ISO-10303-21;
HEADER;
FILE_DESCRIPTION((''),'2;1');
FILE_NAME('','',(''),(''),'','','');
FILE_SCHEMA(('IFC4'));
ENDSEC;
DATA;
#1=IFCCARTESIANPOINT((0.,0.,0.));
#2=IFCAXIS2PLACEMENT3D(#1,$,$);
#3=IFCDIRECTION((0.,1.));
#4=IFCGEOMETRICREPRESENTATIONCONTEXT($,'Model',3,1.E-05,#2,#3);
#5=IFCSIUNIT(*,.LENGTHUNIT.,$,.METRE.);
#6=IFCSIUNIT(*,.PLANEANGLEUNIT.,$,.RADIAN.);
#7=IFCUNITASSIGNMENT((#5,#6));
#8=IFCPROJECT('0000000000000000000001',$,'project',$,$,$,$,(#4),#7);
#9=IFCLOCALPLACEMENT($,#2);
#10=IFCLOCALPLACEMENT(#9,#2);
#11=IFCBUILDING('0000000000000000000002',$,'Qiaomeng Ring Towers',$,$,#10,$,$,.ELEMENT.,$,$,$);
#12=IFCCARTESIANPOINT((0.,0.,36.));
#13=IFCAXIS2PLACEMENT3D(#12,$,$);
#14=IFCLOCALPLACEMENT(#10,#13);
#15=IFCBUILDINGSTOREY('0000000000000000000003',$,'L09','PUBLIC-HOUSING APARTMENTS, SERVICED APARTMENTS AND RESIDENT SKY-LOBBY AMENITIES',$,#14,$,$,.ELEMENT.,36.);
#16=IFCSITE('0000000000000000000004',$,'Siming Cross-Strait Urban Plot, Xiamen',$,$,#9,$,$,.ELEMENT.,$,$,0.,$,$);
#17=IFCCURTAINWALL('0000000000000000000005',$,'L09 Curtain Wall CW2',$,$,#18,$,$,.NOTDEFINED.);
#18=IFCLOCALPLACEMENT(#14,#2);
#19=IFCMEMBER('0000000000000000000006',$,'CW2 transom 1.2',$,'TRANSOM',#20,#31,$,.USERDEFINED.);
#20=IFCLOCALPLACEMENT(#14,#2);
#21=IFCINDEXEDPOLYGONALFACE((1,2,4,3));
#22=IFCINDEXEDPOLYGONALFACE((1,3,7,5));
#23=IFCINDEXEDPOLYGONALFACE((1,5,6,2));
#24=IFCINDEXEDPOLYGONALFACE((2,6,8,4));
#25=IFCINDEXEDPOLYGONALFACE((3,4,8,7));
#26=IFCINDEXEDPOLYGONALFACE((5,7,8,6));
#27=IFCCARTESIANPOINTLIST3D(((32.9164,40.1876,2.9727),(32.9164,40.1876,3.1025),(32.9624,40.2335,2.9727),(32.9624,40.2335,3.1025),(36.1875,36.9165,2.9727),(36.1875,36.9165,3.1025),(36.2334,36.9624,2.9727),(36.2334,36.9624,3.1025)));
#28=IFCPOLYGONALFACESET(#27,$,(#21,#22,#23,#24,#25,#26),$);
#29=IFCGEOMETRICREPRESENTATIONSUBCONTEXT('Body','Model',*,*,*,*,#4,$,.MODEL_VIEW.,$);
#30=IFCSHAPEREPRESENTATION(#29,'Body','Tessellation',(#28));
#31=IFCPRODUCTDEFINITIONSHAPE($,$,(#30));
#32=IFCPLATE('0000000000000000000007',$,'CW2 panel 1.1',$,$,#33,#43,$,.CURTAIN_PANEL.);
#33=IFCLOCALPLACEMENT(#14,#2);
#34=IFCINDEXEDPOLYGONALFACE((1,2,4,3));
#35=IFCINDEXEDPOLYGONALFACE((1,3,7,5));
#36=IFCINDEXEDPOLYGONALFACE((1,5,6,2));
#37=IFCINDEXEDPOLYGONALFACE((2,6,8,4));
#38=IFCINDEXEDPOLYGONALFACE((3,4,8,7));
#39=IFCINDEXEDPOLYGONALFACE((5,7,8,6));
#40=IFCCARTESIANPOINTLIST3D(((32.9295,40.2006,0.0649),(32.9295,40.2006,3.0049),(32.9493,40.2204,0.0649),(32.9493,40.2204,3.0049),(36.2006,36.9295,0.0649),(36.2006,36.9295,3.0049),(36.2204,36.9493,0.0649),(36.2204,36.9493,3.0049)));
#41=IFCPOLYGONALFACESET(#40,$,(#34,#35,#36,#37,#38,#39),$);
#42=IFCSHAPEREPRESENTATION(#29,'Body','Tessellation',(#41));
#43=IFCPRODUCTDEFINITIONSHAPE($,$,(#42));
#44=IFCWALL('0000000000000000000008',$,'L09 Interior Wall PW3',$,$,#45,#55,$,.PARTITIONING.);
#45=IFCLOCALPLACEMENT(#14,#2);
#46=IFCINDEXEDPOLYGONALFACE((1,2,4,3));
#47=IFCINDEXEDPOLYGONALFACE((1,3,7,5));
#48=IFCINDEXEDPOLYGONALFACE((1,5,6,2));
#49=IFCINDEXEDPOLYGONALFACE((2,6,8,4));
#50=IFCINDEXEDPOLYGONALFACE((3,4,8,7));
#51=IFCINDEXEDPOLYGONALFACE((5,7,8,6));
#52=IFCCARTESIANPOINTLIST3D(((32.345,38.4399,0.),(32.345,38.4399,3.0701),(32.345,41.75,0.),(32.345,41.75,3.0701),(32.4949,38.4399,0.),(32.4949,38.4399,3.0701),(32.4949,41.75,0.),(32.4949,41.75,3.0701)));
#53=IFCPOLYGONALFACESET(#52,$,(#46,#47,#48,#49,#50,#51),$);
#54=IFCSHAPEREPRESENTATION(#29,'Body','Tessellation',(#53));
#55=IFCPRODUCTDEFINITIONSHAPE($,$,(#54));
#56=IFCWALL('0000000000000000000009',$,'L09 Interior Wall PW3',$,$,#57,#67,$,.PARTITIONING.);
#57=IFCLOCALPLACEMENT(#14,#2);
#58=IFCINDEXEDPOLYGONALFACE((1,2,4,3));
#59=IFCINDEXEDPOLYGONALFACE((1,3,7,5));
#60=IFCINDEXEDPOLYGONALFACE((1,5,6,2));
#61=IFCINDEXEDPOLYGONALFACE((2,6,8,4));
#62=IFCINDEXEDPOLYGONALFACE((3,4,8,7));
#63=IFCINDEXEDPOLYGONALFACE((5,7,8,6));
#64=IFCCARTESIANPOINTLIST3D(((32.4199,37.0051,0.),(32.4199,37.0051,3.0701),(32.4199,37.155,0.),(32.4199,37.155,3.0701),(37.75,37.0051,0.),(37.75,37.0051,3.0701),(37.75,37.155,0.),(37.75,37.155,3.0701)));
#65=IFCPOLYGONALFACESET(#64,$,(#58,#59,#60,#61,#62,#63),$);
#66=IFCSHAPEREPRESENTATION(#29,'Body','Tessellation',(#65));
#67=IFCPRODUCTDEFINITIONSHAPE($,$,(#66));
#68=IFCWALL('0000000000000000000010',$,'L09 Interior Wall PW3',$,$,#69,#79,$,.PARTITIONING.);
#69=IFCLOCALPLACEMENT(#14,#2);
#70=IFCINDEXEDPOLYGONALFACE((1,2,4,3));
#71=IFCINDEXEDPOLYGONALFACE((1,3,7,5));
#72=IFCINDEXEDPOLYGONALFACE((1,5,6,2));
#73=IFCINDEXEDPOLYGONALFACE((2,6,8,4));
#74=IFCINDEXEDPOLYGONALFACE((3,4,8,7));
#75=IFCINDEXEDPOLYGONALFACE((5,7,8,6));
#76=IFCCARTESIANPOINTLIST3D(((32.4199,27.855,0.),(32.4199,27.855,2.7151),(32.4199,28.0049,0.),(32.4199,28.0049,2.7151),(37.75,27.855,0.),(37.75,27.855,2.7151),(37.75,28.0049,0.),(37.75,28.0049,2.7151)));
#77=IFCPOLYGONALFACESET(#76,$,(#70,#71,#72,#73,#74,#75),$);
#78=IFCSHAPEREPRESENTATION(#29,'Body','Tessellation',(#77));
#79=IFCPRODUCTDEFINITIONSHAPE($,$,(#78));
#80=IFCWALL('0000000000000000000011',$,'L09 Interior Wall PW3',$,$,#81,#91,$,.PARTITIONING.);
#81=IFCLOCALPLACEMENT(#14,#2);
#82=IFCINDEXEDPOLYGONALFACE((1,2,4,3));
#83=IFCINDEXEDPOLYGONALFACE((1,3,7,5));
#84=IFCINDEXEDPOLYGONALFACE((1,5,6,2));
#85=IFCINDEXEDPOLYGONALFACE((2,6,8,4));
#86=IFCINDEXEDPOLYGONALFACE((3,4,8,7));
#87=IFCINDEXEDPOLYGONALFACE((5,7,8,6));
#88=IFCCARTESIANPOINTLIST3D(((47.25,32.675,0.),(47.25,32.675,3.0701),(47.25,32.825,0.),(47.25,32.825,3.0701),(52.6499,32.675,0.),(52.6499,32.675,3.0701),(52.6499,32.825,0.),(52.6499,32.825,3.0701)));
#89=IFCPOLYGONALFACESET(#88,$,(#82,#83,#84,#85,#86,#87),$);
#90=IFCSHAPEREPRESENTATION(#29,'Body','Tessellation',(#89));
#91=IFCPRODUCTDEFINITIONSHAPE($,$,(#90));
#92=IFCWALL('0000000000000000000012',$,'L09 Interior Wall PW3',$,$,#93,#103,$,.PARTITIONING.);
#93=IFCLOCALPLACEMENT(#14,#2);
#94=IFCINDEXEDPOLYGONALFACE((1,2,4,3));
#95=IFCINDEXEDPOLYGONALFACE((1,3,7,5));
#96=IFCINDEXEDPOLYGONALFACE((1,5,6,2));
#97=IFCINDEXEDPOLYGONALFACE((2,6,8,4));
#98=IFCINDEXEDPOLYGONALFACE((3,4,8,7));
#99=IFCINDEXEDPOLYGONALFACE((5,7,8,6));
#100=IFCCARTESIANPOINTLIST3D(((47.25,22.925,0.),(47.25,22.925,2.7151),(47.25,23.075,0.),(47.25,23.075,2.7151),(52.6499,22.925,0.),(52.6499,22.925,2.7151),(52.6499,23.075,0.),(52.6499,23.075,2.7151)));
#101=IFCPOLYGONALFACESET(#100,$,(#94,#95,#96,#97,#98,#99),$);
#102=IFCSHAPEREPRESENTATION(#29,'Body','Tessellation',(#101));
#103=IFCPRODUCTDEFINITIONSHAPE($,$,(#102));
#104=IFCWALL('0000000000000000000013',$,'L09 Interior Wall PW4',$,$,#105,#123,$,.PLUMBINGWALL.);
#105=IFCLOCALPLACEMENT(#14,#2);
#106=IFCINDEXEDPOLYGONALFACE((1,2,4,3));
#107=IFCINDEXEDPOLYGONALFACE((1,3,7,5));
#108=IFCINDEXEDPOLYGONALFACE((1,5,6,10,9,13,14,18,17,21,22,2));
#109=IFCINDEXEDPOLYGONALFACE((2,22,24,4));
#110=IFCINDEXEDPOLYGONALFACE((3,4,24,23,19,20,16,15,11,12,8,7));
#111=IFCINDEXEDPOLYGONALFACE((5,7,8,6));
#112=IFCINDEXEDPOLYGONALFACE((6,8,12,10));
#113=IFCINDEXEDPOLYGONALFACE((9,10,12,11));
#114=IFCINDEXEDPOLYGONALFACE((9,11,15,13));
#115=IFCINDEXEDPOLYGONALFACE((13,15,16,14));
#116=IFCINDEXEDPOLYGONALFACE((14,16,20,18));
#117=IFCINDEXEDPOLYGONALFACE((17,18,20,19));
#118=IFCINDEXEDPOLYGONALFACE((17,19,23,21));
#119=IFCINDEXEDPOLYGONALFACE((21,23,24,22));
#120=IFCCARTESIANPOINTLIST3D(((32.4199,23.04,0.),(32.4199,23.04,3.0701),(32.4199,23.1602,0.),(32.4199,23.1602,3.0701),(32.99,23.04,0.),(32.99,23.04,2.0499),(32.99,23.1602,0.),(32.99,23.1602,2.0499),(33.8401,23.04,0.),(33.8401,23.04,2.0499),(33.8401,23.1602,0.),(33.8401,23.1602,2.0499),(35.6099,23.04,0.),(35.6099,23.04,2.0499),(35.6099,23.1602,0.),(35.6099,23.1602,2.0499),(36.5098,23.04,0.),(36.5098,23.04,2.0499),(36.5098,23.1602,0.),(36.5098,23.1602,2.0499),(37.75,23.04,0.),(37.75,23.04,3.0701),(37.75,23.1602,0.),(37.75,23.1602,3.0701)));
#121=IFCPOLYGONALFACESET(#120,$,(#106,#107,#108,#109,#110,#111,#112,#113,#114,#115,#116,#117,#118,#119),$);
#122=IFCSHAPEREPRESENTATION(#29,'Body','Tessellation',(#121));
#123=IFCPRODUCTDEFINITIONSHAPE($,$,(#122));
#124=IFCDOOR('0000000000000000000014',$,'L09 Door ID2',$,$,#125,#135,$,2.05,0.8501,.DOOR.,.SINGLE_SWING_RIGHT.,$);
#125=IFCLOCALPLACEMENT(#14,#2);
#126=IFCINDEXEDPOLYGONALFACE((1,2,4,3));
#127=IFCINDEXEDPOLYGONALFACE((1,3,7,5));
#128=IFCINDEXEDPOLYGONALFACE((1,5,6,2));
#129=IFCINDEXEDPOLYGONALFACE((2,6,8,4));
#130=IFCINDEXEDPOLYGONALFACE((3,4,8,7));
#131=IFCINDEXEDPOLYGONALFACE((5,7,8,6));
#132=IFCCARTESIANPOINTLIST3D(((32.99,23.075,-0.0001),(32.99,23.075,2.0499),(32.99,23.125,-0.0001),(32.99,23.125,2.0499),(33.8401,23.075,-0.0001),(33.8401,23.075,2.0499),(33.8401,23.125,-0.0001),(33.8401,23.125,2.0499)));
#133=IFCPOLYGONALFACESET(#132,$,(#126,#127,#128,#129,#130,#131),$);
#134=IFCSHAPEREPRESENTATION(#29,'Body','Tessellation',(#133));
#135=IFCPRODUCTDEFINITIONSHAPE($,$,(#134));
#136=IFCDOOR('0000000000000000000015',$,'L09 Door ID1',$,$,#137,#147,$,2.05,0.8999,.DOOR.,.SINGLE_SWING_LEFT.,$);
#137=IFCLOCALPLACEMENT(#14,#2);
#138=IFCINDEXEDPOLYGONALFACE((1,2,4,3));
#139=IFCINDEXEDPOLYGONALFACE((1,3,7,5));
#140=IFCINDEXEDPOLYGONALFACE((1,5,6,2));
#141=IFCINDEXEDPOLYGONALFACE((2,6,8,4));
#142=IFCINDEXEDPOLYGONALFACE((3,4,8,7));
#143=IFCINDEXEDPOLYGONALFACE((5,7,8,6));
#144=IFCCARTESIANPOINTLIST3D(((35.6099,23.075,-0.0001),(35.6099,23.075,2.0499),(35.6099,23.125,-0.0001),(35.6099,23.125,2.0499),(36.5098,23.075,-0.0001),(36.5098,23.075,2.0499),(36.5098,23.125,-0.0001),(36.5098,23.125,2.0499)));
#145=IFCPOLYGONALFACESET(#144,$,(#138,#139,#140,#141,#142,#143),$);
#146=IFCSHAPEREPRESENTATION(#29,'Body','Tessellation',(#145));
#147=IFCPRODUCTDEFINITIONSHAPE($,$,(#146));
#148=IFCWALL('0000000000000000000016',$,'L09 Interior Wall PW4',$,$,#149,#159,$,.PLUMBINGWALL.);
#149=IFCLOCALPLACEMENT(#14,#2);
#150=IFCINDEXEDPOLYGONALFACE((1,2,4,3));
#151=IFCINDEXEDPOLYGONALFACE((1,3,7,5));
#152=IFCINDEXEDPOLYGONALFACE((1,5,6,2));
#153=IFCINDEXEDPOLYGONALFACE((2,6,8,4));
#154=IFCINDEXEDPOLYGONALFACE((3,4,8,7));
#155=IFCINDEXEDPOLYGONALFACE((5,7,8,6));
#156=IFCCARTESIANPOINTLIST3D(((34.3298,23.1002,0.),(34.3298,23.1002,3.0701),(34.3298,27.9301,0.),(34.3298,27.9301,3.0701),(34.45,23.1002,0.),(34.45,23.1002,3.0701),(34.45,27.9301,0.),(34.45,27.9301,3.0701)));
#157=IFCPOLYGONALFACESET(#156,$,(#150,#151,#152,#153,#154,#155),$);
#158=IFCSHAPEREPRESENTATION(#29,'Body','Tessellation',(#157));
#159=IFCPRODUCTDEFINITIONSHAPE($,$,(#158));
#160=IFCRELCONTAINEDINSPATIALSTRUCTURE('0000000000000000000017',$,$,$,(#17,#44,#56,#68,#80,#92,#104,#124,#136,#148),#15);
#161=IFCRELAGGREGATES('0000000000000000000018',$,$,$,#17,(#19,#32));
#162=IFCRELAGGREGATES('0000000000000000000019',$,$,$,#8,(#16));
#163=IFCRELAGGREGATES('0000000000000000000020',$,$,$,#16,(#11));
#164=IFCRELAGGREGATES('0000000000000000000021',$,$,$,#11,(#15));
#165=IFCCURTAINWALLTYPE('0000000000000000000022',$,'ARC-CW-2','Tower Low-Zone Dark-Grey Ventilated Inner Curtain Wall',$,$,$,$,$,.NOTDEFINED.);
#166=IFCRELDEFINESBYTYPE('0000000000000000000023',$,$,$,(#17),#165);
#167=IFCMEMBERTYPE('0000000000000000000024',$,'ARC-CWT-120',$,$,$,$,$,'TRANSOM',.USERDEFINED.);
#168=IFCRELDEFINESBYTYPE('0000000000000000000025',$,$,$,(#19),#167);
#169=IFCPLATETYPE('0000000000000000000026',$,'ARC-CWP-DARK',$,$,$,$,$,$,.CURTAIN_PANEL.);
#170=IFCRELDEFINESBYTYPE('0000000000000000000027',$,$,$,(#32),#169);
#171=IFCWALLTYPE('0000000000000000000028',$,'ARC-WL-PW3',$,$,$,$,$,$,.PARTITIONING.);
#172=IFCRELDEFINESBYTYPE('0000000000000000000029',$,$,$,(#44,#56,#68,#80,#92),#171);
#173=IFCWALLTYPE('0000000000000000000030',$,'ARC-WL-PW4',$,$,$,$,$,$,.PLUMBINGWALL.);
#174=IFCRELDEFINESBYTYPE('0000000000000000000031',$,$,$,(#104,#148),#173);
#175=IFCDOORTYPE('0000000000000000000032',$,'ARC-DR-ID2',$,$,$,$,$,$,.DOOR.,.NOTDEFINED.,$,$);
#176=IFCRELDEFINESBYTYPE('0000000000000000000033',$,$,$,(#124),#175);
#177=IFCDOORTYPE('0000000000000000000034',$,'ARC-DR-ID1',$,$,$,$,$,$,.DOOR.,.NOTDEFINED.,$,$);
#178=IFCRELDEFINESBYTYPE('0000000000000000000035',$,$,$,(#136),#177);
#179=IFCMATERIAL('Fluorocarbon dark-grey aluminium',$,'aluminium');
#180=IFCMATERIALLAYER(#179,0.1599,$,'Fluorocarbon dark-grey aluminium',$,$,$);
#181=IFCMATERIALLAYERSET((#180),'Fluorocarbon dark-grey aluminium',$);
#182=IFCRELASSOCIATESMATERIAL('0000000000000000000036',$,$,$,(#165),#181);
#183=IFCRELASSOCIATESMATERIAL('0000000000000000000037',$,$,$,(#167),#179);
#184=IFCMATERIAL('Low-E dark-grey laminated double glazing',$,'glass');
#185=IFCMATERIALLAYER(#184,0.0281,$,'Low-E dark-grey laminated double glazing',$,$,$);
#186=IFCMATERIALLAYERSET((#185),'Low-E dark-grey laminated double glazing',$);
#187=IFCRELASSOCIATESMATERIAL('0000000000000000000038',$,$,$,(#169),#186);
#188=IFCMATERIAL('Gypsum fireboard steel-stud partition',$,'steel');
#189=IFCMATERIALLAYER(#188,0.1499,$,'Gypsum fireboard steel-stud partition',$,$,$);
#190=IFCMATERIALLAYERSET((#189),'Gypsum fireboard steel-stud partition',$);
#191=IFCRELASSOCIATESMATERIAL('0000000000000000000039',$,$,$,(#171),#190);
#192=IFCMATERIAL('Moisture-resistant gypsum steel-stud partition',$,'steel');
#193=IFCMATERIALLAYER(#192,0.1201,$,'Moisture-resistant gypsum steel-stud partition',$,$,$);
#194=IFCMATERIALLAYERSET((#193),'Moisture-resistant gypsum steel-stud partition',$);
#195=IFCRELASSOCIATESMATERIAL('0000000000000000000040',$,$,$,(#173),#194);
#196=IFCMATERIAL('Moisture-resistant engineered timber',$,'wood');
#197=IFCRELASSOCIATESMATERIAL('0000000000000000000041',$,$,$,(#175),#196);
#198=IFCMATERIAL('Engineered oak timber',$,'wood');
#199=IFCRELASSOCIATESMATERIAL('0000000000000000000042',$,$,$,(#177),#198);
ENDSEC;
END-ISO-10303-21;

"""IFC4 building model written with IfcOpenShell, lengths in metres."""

from ifc_helpers import new_model, si_unit, direction, frame, frame_2d, origin, origin_2d, place, context, subcontext, project, spatial, rectangle, extrude, source, transform, mapped, material, layer, layer_set, material_profile, profile_set, type_object, element, fill, aggregate, save


model = new_model("IFC4")

# Units and contexts
model_context = context("Model", 3, precision=1e-05, world=origin(), true_north=direction((0.0, 1.0)))
body_context = subcontext(model_context, "Body", "Model", "MODEL_VIEW")
ifc_project = project(units=[si_unit("LENGTHUNIT", "METRE"), si_unit("PLANEANGLEUNIT", "RADIAN")], contexts=[model_context])

# Site, building, storey
site_placement = place(None, origin())
site = spatial("IfcSite", under=ifc_project, at=site_placement, Name="Siming Cross-Strait Urban Plot, Xiamen", CompositionType="ELEMENT", RefElevation=0.0)
building_placement = place(site_placement, origin())
building = spatial("IfcBuilding", under=site, at=building_placement, Name="Qiaomeng Ring Towers", CompositionType="ELEMENT")
storey_placement = place(building_placement, frame((0.0, 0.0, 36.0)))
storey = spatial("IfcBuildingStorey", under=building, at=storey_placement, Name="L09", Description="PUBLIC-HOUSING APARTMENTS, SERVICED APARTMENTS AND RESIDENT SKY-LOBBY AMENITIES", CompositionType="ELEMENT", Elevation=36.0)

# Curtain wall, member, plate
ifc_material_1 = material(Name="Fluorocarbon dark-grey aluminium", Category="aluminium")
ifc_layer_1 = layer(ifc_material_1, 0.1599, Name="Fluorocarbon dark-grey aluminium")
ifc_layer_set_1 = layer_set([ifc_layer_1], Name="Fluorocarbon dark-grey aluminium")
curtain_wall_type = type_object("IfcCurtainWallType", Name="ARC-CW-2", Description="Tower Low-Zone Dark-Grey Ventilated Inner Curtain Wall", PredefinedType="NOTDEFINED", material=ifc_layer_set_1)
curtain_wall_placement = place(storey_placement, origin())
curtain_wall = element("IfcCurtainWall", 1, at=curtain_wall_placement, inside=storey, type_object=curtain_wall_type, Name="L09 Curtain Wall CW2", PredefinedType="NOTDEFINED")
ifc_material_profile_1 = material_profile(ifc_material_1, rectangle(XDim=0.0649, YDim=0.1299, at=origin_2d()), Name="ALU TRAN 65x130")
ifc_profile_set_1 = profile_set([ifc_material_profile_1], Name="Fluorocarbon dark-grey aluminium")
member_type_1 = type_object("IfcMemberType", Name="ARC-CWT-120", ElementType="TRANSOM", PredefinedType="USERDEFINED", material=ifc_profile_set_1)
shared_shape_1 = source(origin(), body_context, "Body", "SweptSolid", [
    extrude(rectangle(XDim=0.0649, YDim=0.1299, at=origin_2d()), origin(), (0.0, 0.0, 1.0), 4.626),
])
member_1_placement = place(storey_placement, frame((36.2104, 36.9395, 3.0376), z_axis=(-0.707107, 0.707107, 0.0), x_axis=(-0.707107, -0.707107, 0.0)))
member_1 = element("IfcMember", 2, at=member_1_placement, type_object=member_type_1, Name="CW2 transom 1.2", ObjectType="TRANSOM", PredefinedType="USERDEFINED", context=body_context, shape_type="MappedRepresentation", body=[
    mapped(shared_shape_1, transform((0.0, 0.0, 0.0), x_axis=(1.0, 0.0, 0.0), y_axis=(0.0, 1.0, 0.0), z_axis=(0.0, 0.0, 1.0), scale=1.0)),
])
ifc_material_2 = material(Name="Low-E dark-grey laminated double glazing", Category="glass")
ifc_layer_2 = layer(ifc_material_2, 0.0281, Name="Low-E dark-grey laminated double glazing")
ifc_layer_set_2 = layer_set([ifc_layer_2], Name="Low-E dark-grey laminated double glazing")
plate_type = type_object("IfcPlateType", Name="ARC-CWP-DARK", PredefinedType="CURTAIN_PANEL", material=ifc_layer_set_2)
shared_shape_2 = source(origin(), body_context, "Body", "SweptSolid", [
    extrude(rectangle(XDim=4.626, YDim=0.0281, at=origin_2d()), origin(), (0.0, 0.0, 1.0), 2.9399),
])
plate_placement = place(storey_placement, frame((34.575, 38.575, 0.0649), z_axis=(0.0, 0.0, 1.0), x_axis=(-0.707107, 0.707107, 0.0)))
plate = element("IfcPlate", 3, at=plate_placement, type_object=plate_type, Name="CW2 panel 1.1", PredefinedType="CURTAIN_PANEL", context=body_context, shape_type="MappedRepresentation", body=[
    mapped(shared_shape_2, transform((0.0, 0.0, 0.0), x_axis=(1.0, 0.0, 0.0), y_axis=(0.0, 1.0, 0.0), z_axis=(0.0, 0.0, 1.0), scale=1.0)),
])
aggregate(curtain_wall, [member_1, plate])

# Walls
ifc_material_3 = material(Name="Gypsum fireboard steel-stud partition", Category="steel")
ifc_layer_3 = layer(ifc_material_3, 0.1499, Name="Gypsum fireboard steel-stud partition")
ifc_layer_set_3 = layer_set([ifc_layer_3], Name="Gypsum fireboard steel-stud partition")
wall_type_1 = type_object("IfcWallType", Name="ARC-WL-PW3", PredefinedType="PARTITIONING", material=ifc_layer_set_3)
wall_1_placement = place(storey_placement, frame((32.4199, 38.4399, 0.0), z_axis=(0.0, 0.0, 1.0), x_axis=(0.0, 1.0, 0.0)))
element("IfcWall", 4, at=wall_1_placement, inside=storey, type_object=wall_type_1, Name="L09 Interior Wall PW3", PredefinedType="PARTITIONING", context=body_context, shape_type="SweptSolid", body=[
    extrude(rectangle(XDim=3.3101, YDim=0.1499, at=frame_2d((1.655, 0.0))), origin(), (0.0, 0.0, 1.0), 3.0701),
])
wall_2_placement = place(storey_placement, frame((32.4199, 37.0801, 0.0), z_axis=(0.0, 0.0, 1.0), x_axis=(1.0, 0.0, 0.0)))
element("IfcWall", 5, at=wall_2_placement, inside=storey, type_object=wall_type_1, Name="L09 Interior Wall PW3", PredefinedType="PARTITIONING", context=body_context, shape_type="SweptSolid", body=[
    extrude(rectangle(XDim=5.3301, YDim=0.1499, at=frame_2d((2.665, 0.0))), origin(), (0.0, 0.0, 1.0), 3.0701),
])
wall_3_placement = place(storey_placement, frame((32.4199, 27.9299, 0.0), z_axis=(0.0, 0.0, 1.0), x_axis=(1.0, 0.0, 0.0)))
element("IfcWall", 6, at=wall_3_placement, inside=storey, type_object=wall_type_1, Name="L09 Interior Wall PW3", PredefinedType="PARTITIONING", context=body_context, shape_type="SweptSolid", body=[
    extrude(rectangle(XDim=5.3301, YDim=0.1499, at=frame_2d((2.665, 0.0))), origin(), (0.0, 0.0, 1.0), 2.7151),
])
wall_4_placement = place(storey_placement, frame((47.25, 32.75, 0.0), z_axis=(0.0, 0.0, 1.0), x_axis=(1.0, 0.0, 0.0)))
element("IfcWall", 7, at=wall_4_placement, inside=storey, type_object=wall_type_1, Name="L09 Interior Wall PW3", PredefinedType="PARTITIONING", context=body_context, shape_type="SweptSolid", body=[
    extrude(rectangle(XDim=5.3999, YDim=0.1499, at=frame_2d((2.7, 0.0))), origin(), (0.0, 0.0, 1.0), 3.0701),
])
wall_5_placement = place(storey_placement, frame((47.25, 23.0, 0.0), z_axis=(0.0, 0.0, 1.0), x_axis=(1.0, 0.0, 0.0)))
element("IfcWall", 8, at=wall_5_placement, inside=storey, type_object=wall_type_1, Name="L09 Interior Wall PW3", PredefinedType="PARTITIONING", context=body_context, shape_type="SweptSolid", body=[
    extrude(rectangle(XDim=5.3999, YDim=0.1499, at=frame_2d((2.7, 0.0))), origin(), (0.0, 0.0, 1.0), 2.7151),
])

# Wall, openings, doors
ifc_material_4 = material(Name="Moisture-resistant gypsum steel-stud partition", Category="steel")
ifc_layer_4 = layer(ifc_material_4, 0.1201, Name="Moisture-resistant gypsum steel-stud partition")
ifc_layer_set_4 = layer_set([ifc_layer_4], Name="Moisture-resistant gypsum steel-stud partition")
wall_type_2 = type_object("IfcWallType", Name="ARC-WL-PW4", PredefinedType="PLUMBINGWALL", material=ifc_layer_set_4)
wall_6_placement = place(storey_placement, frame((32.4199, 23.1001, 0.0), z_axis=(0.0, 0.0, 1.0), x_axis=(1.0, 0.0, 0.0)))
wall_6 = element("IfcWall", 9, at=wall_6_placement, inside=storey, type_object=wall_type_2, Name="L09 Interior Wall PW4", PredefinedType="PLUMBINGWALL", context=body_context, shape_type="SweptSolid", body=[
    extrude(rectangle(XDim=5.3301, YDim=0.1201, at=frame_2d((2.665, 0.0))), origin(), (0.0, 0.0, 1.0), 3.0701),
])
opening_1_placement = place(wall_6_placement, frame((0.5701, 0.0, 0.0)))
opening_1 = element("IfcOpeningElement", 10, at=opening_1_placement, cuts=wall_6, PredefinedType="OPENING", context=body_context, shape_type="SweptSolid", body=[
    extrude(rectangle(XDim=0.8501, YDim=2.05, at=frame_2d((0.425, 1.0249))), frame((0.0, 0.0701, 0.0), z_axis=(0.0, -1.0, 0.0), x_axis=(1.0, 0.0, 0.0)), (0.0, 0.0, 1.0), 0.1401),
])
opening_2_placement = place(wall_6_placement, frame((3.1899, 0.0, 0.0)))
opening_2 = element("IfcOpeningElement", 11, at=opening_2_placement, cuts=wall_6, PredefinedType="OPENING", context=body_context, shape_type="SweptSolid", body=[
    extrude(rectangle(XDim=0.8999, YDim=2.05, at=frame_2d((0.45, 1.0249))), frame((0.0, 0.0701, 0.0), z_axis=(0.0, -1.0, 0.0), x_axis=(1.0, 0.0, 0.0)), (0.0, 0.0, 1.0), 0.1401),
])
ifc_material_5 = material(Name="Moisture-resistant engineered timber", Category="wood")
door_type_1 = type_object("IfcDoorType", Name="ARC-DR-ID2", OperationType="NOTDEFINED", PredefinedType="DOOR", material=ifc_material_5)
shared_shape_3 = source(origin(), body_context, "Body", "SweptSolid", [
    extrude(rectangle(XDim=0.8501, YDim=2.05, at=frame_2d((0.425, 1.0249))), frame((0.0, 0.0249, 0.0), z_axis=(0.0, -1.0, 0.0), x_axis=(1.0, 0.0, 0.0)), (0.0, 0.0, 1.0), 0.05),
])
door_1_placement = place(opening_1_placement, origin())
door_1 = element("IfcDoor", 12, at=door_1_placement, inside=storey, type_object=door_type_1, Name="L09 Door ID2", OperationType="SINGLE_SWING_RIGHT", OverallHeight=2.05, OverallWidth=0.8501, PredefinedType="DOOR", context=body_context, shape_type="MappedRepresentation", body=[
    mapped(shared_shape_3, transform((0.0, 0.0, 0.0), x_axis=(1.0, 0.0, 0.0), y_axis=(0.0, 1.0, 0.0), z_axis=(0.0, 0.0, 1.0), scale=1.0)),
])
fill(opening_1, door_1)
ifc_material_6 = material(Name="Engineered oak timber", Category="wood")
door_type_2 = type_object("IfcDoorType", Name="ARC-DR-ID1", OperationType="NOTDEFINED", PredefinedType="DOOR", material=ifc_material_6)
shared_shape_4 = source(origin(), body_context, "Body", "SweptSolid", [
    extrude(rectangle(XDim=0.8999, YDim=2.05, at=frame_2d((0.45, 1.0249))), frame((0.0, 0.0249, 0.0), z_axis=(0.0, -1.0, 0.0), x_axis=(1.0, 0.0, 0.0)), (0.0, 0.0, 1.0), 0.05),
])
door_2_placement = place(opening_2_placement, origin())
door_2 = element("IfcDoor", 13, at=door_2_placement, inside=storey, type_object=door_type_2, Name="L09 Door ID1", OperationType="SINGLE_SWING_LEFT", OverallHeight=2.05, OverallWidth=0.8999, PredefinedType="DOOR", context=body_context, shape_type="MappedRepresentation", body=[
    mapped(shared_shape_4, transform((0.0, 0.0, 0.0), x_axis=(1.0, 0.0, 0.0), y_axis=(0.0, 1.0, 0.0), z_axis=(0.0, 0.0, 1.0), scale=1.0)),
])
fill(opening_2, door_2)

# Wall
wall_7_placement = place(storey_placement, frame((34.3899, 23.1001, 0.0), z_axis=(0.0, 0.0, 1.0), x_axis=(0.0, 1.0, 0.0)))
element("IfcWall", 14, at=wall_7_placement, inside=storey, type_object=wall_type_2, Name="L09 Interior Wall PW4", PredefinedType="PLUMBINGWALL", context=body_context, shape_type="SweptSolid", body=[
    extrude(rectangle(XDim=4.8298, YDim=0.1201, at=frame_2d((2.415, 0.0))), origin(), (0.0, 0.0, 1.0), 3.0701),
])

save(model, "model.ifc")
